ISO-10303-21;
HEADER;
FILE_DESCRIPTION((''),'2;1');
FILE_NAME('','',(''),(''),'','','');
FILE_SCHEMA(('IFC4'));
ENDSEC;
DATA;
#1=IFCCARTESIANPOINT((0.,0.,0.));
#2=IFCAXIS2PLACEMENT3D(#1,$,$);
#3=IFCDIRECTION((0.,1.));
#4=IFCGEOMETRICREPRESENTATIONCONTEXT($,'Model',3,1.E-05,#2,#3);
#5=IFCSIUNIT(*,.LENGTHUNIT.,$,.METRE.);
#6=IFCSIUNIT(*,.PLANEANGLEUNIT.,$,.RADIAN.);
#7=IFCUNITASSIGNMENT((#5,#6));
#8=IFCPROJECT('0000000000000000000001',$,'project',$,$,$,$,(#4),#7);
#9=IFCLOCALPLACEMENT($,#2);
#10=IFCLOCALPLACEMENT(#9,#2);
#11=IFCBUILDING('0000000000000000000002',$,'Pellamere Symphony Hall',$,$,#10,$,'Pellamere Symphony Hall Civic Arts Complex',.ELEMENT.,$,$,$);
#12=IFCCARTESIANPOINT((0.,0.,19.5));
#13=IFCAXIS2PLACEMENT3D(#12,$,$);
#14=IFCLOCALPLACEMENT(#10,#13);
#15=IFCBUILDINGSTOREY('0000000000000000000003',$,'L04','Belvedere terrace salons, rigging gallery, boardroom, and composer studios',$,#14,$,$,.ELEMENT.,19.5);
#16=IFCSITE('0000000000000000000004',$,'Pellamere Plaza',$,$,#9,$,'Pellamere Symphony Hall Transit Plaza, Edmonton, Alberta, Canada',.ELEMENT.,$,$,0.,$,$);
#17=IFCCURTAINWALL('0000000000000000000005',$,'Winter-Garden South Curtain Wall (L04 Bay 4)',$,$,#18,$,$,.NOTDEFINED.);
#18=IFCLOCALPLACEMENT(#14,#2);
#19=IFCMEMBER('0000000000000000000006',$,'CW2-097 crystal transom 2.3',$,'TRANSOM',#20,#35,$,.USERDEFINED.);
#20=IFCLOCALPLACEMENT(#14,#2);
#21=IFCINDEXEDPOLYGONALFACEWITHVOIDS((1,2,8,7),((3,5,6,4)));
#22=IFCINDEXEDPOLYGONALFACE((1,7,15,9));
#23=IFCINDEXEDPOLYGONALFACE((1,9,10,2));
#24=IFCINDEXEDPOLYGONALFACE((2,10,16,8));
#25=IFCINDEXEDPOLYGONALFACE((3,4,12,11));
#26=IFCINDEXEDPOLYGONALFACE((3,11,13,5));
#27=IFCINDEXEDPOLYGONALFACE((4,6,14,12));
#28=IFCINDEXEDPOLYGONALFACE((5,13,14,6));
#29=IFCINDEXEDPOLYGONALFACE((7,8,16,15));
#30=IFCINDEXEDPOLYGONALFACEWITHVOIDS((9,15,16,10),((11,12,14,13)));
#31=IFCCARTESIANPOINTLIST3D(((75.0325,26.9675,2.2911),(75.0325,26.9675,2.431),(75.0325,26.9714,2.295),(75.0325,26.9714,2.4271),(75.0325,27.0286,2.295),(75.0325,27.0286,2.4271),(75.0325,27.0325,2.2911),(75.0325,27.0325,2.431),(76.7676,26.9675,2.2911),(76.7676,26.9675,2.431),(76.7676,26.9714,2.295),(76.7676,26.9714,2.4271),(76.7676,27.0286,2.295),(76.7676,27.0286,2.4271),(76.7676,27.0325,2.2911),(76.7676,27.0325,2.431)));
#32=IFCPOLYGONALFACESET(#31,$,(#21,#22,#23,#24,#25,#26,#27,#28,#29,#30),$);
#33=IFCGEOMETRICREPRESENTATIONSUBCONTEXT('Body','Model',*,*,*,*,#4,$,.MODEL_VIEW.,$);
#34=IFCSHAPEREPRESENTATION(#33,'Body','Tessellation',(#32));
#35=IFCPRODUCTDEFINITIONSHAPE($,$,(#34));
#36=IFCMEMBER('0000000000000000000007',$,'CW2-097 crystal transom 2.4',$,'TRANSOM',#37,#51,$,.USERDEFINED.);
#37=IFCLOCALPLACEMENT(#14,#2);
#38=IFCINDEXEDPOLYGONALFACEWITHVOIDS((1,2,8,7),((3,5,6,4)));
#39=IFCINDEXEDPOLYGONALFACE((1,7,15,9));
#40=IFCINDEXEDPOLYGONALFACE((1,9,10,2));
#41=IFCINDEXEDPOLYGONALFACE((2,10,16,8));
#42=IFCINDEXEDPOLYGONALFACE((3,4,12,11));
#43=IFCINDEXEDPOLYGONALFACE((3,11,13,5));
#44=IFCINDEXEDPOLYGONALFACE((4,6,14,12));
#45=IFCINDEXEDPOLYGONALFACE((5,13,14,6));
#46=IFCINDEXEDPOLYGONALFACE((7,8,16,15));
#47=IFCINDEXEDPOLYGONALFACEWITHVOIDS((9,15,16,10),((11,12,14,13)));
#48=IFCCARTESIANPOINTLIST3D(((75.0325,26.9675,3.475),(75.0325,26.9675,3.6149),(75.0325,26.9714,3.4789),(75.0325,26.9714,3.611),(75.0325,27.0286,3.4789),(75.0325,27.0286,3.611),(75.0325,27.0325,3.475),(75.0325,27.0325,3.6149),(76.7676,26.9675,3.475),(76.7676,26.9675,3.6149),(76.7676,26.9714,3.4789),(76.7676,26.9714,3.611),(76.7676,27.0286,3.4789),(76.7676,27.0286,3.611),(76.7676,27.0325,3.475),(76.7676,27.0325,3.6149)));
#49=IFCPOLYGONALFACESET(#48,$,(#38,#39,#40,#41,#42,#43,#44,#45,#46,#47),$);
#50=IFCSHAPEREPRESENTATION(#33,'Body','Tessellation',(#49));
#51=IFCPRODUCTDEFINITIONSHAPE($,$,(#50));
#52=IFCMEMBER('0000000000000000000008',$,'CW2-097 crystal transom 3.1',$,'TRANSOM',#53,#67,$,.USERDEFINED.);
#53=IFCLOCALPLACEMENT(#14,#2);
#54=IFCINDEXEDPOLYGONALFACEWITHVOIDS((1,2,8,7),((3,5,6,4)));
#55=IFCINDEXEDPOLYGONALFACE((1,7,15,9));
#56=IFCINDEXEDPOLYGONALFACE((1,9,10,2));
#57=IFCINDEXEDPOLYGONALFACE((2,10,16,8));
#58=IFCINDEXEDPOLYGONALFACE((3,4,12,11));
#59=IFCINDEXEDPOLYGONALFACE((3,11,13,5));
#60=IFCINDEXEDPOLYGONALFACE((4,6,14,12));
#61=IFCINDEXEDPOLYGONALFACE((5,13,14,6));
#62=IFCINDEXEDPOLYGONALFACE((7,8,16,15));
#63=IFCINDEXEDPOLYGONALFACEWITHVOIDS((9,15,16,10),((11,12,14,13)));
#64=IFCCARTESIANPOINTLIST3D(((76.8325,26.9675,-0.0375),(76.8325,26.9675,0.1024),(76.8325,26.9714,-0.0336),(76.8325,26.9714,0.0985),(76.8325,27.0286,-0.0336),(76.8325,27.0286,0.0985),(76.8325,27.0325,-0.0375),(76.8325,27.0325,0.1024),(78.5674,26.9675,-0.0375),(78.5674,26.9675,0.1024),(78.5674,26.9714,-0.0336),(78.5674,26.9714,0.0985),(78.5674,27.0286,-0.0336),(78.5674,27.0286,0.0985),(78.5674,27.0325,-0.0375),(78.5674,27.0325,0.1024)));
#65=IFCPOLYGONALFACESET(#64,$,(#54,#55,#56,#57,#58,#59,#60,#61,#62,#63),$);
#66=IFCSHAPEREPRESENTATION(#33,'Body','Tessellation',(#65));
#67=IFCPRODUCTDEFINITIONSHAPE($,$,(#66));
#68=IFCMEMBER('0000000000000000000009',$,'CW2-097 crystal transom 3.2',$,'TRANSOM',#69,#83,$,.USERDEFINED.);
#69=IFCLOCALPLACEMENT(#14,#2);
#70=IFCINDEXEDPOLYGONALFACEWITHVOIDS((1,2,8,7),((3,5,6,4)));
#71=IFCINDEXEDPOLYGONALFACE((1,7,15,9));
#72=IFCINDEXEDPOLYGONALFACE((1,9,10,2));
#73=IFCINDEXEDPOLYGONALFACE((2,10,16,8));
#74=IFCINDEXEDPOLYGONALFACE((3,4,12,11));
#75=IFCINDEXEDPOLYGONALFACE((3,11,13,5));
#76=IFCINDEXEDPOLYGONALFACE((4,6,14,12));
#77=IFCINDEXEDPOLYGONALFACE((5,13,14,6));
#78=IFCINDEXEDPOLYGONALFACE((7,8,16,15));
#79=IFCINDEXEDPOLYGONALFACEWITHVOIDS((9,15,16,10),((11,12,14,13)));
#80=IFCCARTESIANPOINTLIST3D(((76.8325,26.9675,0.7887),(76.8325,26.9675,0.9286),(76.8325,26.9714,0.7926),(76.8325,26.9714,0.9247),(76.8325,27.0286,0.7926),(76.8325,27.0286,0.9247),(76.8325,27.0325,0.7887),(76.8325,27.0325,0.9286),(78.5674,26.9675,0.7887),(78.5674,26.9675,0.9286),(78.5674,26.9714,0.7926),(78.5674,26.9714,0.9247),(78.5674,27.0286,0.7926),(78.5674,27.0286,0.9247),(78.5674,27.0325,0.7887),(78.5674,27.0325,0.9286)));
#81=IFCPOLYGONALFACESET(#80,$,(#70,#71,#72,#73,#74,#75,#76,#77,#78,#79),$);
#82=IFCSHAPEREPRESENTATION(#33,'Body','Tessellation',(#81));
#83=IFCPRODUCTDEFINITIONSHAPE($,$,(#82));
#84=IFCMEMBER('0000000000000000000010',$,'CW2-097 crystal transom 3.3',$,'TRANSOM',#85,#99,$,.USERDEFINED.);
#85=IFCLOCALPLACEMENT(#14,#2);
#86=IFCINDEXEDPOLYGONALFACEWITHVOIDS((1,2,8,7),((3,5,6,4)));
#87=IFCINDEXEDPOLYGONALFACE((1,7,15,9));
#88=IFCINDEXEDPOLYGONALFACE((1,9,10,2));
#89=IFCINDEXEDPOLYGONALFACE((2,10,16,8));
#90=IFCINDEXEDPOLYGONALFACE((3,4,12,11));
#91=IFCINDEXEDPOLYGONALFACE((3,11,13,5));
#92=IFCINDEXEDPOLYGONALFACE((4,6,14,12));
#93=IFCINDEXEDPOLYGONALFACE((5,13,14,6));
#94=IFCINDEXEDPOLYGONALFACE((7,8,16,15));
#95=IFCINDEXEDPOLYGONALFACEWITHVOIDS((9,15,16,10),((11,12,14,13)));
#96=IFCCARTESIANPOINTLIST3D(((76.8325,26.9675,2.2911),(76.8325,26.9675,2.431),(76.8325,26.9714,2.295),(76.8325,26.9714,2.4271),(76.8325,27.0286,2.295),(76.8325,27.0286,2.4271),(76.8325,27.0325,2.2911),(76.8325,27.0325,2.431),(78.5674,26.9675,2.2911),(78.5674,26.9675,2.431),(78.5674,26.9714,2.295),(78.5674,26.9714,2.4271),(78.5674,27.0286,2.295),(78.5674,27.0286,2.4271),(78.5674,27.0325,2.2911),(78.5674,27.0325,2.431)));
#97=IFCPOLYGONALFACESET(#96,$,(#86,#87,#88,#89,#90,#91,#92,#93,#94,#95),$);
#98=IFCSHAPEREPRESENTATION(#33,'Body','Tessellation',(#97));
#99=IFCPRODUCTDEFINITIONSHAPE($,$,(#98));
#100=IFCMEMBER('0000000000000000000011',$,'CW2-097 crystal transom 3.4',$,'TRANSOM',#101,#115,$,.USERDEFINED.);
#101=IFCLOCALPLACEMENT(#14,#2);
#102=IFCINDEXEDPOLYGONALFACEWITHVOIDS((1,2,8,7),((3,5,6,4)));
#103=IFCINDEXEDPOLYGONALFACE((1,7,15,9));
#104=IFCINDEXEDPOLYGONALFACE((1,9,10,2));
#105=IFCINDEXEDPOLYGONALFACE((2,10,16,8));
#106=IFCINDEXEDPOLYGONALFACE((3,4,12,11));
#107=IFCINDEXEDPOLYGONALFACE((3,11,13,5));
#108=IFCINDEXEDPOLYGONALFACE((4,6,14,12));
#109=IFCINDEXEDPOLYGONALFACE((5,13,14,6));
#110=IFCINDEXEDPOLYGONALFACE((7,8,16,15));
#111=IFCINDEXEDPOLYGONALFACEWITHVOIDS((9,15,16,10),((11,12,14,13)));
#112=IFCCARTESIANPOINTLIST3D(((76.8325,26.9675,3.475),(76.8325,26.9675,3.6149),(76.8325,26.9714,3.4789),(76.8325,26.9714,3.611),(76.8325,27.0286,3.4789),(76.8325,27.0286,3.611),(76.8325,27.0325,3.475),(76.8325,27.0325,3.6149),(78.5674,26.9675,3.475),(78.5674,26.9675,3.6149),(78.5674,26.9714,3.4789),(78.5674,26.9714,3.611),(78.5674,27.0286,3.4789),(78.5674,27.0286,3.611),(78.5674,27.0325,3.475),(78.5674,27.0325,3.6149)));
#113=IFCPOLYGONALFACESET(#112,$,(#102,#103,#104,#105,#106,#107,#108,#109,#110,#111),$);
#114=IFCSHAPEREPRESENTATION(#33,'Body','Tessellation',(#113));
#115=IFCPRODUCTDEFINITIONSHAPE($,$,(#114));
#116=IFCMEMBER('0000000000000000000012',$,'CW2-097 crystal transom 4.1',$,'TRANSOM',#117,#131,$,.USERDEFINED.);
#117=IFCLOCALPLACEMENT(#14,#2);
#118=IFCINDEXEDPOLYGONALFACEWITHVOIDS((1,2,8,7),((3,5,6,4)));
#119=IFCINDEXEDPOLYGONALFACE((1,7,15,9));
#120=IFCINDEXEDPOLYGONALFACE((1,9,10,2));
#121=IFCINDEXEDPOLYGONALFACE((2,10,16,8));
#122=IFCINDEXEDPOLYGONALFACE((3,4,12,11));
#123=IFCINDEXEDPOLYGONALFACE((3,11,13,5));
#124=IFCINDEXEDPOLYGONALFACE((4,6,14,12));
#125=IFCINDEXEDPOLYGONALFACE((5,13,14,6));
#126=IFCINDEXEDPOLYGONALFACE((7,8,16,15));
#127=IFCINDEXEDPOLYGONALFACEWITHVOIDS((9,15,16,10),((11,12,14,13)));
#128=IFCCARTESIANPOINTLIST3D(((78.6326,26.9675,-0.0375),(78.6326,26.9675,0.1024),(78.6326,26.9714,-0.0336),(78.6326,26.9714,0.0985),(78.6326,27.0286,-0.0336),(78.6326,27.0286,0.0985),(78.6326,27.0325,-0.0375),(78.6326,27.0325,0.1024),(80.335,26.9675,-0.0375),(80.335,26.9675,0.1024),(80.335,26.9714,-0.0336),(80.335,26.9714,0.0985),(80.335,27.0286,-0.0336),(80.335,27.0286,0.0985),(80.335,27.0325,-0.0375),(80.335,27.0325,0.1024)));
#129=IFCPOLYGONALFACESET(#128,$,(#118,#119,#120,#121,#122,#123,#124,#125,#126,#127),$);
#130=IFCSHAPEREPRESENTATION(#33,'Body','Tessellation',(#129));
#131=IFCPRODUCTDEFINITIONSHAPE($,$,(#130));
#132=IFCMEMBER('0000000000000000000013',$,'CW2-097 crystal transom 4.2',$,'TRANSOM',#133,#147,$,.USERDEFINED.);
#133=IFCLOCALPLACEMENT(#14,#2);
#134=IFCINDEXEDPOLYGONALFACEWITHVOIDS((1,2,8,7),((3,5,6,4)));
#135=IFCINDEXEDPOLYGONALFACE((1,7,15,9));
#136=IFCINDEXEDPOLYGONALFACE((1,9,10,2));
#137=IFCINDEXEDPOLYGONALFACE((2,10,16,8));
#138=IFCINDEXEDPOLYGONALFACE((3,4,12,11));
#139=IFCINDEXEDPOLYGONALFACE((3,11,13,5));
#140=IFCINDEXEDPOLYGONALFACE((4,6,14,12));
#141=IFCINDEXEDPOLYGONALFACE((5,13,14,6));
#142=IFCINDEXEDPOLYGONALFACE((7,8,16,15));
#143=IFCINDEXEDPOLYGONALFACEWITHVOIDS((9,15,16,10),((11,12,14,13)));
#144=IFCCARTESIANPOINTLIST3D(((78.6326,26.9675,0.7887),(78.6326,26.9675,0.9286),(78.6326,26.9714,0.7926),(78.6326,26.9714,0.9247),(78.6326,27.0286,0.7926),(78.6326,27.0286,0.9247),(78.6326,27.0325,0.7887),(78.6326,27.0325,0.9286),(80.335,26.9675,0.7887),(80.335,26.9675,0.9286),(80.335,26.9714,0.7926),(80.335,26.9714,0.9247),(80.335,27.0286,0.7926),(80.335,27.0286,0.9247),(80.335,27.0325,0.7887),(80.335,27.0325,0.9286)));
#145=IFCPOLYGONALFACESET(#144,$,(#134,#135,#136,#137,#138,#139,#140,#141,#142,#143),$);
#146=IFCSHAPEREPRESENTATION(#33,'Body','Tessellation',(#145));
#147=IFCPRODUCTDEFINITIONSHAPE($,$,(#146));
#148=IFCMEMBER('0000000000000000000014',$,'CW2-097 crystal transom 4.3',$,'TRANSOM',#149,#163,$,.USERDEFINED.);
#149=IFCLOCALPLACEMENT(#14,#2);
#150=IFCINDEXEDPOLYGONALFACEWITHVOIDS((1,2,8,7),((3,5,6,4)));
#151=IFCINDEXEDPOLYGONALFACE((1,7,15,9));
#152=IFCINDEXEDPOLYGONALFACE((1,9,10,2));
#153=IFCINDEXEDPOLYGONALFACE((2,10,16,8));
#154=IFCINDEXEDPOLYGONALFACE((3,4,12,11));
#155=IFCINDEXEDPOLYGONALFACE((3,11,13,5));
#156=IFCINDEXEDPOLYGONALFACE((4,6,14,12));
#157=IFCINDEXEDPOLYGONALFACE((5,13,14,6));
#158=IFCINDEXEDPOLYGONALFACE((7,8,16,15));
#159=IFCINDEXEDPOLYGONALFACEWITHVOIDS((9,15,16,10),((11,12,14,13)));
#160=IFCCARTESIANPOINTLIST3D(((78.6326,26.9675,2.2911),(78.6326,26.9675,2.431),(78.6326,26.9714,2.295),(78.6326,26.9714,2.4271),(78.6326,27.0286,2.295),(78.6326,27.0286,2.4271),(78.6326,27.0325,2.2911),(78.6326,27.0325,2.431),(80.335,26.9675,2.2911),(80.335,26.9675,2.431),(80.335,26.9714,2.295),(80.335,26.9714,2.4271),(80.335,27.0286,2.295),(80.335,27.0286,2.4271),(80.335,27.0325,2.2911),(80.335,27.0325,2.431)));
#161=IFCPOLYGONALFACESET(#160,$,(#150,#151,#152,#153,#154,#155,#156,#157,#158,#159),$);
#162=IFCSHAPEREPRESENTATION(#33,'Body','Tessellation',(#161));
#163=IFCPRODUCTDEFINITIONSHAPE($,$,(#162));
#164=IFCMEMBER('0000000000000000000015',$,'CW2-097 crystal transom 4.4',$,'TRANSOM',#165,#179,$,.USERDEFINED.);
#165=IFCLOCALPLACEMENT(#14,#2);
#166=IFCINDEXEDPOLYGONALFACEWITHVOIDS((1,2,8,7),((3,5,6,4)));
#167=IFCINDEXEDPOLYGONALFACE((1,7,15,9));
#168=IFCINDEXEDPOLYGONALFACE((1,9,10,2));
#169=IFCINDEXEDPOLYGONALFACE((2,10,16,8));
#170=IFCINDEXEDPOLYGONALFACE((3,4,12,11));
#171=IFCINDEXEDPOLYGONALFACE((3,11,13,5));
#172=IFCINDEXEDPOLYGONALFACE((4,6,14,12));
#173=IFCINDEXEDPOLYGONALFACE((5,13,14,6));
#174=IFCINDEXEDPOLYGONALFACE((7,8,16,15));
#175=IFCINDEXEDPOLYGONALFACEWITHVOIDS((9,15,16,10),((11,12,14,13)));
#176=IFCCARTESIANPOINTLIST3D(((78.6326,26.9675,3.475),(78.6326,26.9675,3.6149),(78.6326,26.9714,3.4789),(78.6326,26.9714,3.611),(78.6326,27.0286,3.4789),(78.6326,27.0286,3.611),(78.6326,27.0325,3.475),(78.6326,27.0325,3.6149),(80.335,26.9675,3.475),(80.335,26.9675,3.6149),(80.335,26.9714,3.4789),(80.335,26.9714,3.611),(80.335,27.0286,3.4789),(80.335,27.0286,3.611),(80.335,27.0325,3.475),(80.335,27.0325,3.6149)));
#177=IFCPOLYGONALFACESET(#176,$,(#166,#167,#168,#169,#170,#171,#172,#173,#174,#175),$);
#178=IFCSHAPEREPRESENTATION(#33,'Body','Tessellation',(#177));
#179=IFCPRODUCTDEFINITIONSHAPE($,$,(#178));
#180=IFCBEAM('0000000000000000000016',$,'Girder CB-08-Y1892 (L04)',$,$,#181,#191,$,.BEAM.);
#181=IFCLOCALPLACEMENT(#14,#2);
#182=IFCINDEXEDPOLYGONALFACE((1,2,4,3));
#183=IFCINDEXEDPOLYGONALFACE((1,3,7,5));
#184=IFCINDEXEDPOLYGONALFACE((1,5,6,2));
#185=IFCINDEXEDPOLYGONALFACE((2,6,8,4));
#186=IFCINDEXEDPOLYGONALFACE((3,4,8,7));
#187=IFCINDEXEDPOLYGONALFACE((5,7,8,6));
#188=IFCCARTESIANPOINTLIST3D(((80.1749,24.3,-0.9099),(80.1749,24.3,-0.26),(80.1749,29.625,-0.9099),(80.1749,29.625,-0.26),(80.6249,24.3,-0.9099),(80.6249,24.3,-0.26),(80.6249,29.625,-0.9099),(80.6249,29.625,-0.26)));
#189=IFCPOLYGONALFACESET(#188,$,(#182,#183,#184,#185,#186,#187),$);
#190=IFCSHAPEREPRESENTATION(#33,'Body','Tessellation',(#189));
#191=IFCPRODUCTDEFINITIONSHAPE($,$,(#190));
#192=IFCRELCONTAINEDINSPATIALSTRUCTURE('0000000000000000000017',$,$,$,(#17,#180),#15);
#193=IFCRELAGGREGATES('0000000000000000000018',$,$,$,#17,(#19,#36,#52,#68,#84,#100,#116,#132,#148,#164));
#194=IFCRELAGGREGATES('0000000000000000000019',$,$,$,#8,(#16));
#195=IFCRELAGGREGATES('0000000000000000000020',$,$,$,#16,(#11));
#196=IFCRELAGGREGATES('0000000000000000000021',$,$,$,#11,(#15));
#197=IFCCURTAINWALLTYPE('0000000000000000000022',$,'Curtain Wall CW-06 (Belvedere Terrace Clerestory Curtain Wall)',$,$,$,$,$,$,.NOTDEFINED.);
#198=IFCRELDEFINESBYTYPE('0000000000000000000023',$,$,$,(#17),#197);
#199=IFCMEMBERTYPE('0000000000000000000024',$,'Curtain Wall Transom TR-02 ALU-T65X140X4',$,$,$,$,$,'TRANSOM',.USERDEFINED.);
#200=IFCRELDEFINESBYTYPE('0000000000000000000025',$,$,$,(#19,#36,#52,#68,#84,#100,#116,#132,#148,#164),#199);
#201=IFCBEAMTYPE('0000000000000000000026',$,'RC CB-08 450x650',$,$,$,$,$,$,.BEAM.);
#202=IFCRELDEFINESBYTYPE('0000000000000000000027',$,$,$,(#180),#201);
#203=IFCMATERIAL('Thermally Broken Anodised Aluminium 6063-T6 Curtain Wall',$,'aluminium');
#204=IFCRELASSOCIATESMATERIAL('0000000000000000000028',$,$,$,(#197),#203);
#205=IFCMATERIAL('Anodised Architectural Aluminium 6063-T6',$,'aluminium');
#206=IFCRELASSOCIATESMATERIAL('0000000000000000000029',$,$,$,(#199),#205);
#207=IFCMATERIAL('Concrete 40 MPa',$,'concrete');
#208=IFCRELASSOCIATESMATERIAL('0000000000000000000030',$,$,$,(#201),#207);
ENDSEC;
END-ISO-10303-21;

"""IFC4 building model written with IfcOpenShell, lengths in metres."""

from ifc_helpers import new_model, si_unit, direction, frame, origin, origin_2d, place, context, subcontext, project, spatial, rectangle, hollow_rectangle, extrude, material, material_profile, profile_set, type_object, element, aggregate, save


model = new_model("IFC4")

# Units and contexts
model_context = context("Model", 3, precision=1e-05, world=origin(), true_north=direction((0.0, 1.0)))
body_context = subcontext(model_context, "Body", "Model", "MODEL_VIEW")
ifc_project = project(units=[si_unit("LENGTHUNIT", "METRE"), si_unit("PLANEANGLEUNIT", "RADIAN")], contexts=[model_context])

# Site, building, storey
site_placement = place(None, origin())
site = spatial("IfcSite", under=ifc_project, at=site_placement, Name="Pellamere Plaza", LongName="Pellamere Symphony Hall Transit Plaza, Edmonton, Alberta, Canada", CompositionType="ELEMENT", RefElevation=0.0)
building_placement = place(site_placement, origin())
building = spatial("IfcBuilding", under=site, at=building_placement, Name="Pellamere Symphony Hall", LongName="Pellamere Symphony Hall Civic Arts Complex", CompositionType="ELEMENT")
storey_placement = place(building_placement, frame((0.0, 0.0, 19.5)))
storey = spatial("IfcBuildingStorey", under=building, at=storey_placement, Name="L04", Description="Belvedere terrace salons, rigging gallery, boardroom, and composer studios", CompositionType="ELEMENT", Elevation=19.5)

# Shared definitions
ifc_material_1 = material(Name="Thermally Broken Anodised Aluminium 6063-T6 Curtain Wall", Category="aluminium")
ifc_material_2 = material(Name="Anodised Architectural Aluminium 6063-T6", Category="aluminium")

# Curtain wall
curtain_wall_type_1 = type_object("IfcCurtainWallType", Name="Curtain Wall CW-06 (Belvedere Terrace Clerestory Curtain Wall)", PredefinedType="NOTDEFINED", material=ifc_material_1)
curtain_wall_1_placement = place(storey_placement, origin())
curtain_wall_1 = element("IfcCurtainWall", 1, at=curtain_wall_1_placement, inside=storey, type_object=curtain_wall_type_1, Name="Winter-Garden South Curtain Wall (L04 Bay 4)", PredefinedType="NOTDEFINED")

# Members
ifc_material_profile_1 = material_profile(ifc_material_2, hollow_rectangle(XDim=0.0649, YDim=0.1399, WallThickness=0.0039, at=origin_2d()), Name="ALU-T65X140X4")
ifc_profile_set_1 = profile_set([ifc_material_profile_1], Name="Anodised Architectural Aluminium 6063-T6")
member_type_1 = type_object("IfcMemberType", Name="Curtain Wall Transom TR-02 ALU-T65X140X4", ElementType="TRANSOM", PredefinedType="USERDEFINED", material=ifc_profile_set_1)
member_1_placement = place(storey_placement, frame((75.0325, 27.0, 2.3611), z_axis=(1.0, 0.0, 0.0), x_axis=(0.0, 1.0, 0.0)))
member_1 = element("IfcMember", 2, at=member_1_placement, type_object=member_type_1, Name="CW2-097 crystal transom 2.3", ObjectType="TRANSOM", PredefinedType="USERDEFINED", context=body_context, shape_type="SweptSolid", body=[
    extrude(hollow_rectangle(XDim=0.0649, YDim=0.1399, WallThickness=0.0039, at=origin_2d()), origin(), (0.0, 0.0, 1.0), 1.7351),
])
member_2_placement = place(storey_placement, frame((75.0325, 27.0, 3.5449), z_axis=(1.0, 0.0, 0.0), x_axis=(0.0, 1.0, 0.0)))
member_2 = element("IfcMember", 3, at=member_2_placement, type_object=member_type_1, Name="CW2-097 crystal transom 2.4", ObjectType="TRANSOM", PredefinedType="USERDEFINED", context=body_context, shape_type="SweptSolid", body=[
    extrude(hollow_rectangle(XDim=0.0649, YDim=0.1399, WallThickness=0.0039, at=origin_2d()), origin(), (0.0, 0.0, 1.0), 1.7351),
])
member_3_placement = place(storey_placement, frame((76.8325, 27.0, 0.0325), z_axis=(1.0, 0.0, 0.0), x_axis=(0.0, 1.0, 0.0)))
member_3 = element("IfcMember", 4, at=member_3_placement, type_object=member_type_1, Name="CW2-097 crystal transom 3.1", ObjectType="TRANSOM", PredefinedType="USERDEFINED", context=body_context, shape_type="SweptSolid", body=[
    extrude(hollow_rectangle(XDim=0.0649, YDim=0.1399, WallThickness=0.0039, at=origin_2d()), origin(), (0.0, 0.0, 1.0), 1.7349),
])
member_4_placement = place(storey_placement, frame((76.8325, 27.0, 0.8586), z_axis=(1.0, 0.0, 0.0), x_axis=(0.0, 1.0, 0.0)))
member_4 = element("IfcMember", 5, at=member_4_placement, type_object=member_type_1, Name="CW2-097 crystal transom 3.2", ObjectType="TRANSOM", PredefinedType="USERDEFINED", context=body_context, shape_type="SweptSolid", body=[
    extrude(hollow_rectangle(XDim=0.0649, YDim=0.1399, WallThickness=0.0039, at=origin_2d()), origin(), (0.0, 0.0, 1.0), 1.7349),
])
member_5_placement = place(storey_placement, frame((76.8325, 27.0, 2.3611), z_axis=(1.0, 0.0, 0.0), x_axis=(0.0, 1.0, 0.0)))
member_5 = element("IfcMember", 6, at=member_5_placement, type_object=member_type_1, Name="CW2-097 crystal transom 3.3", ObjectType="TRANSOM", PredefinedType="USERDEFINED", context=body_context, shape_type="SweptSolid", body=[
    extrude(hollow_rectangle(XDim=0.0649, YDim=0.1399, WallThickness=0.0039, at=origin_2d()), origin(), (0.0, 0.0, 1.0), 1.7349),
])
member_6_placement = place(storey_placement, frame((76.8325, 27.0, 3.5449), z_axis=(1.0, 0.0, 0.0), x_axis=(0.0, 1.0, 0.0)))
member_6 = element("IfcMember", 7, at=member_6_placement, type_object=member_type_1, Name="CW2-097 crystal transom 3.4", ObjectType="TRANSOM", PredefinedType="USERDEFINED", context=body_context, shape_type="SweptSolid", body=[
    extrude(hollow_rectangle(XDim=0.0649, YDim=0.1399, WallThickness=0.0039, at=origin_2d()), origin(), (0.0, 0.0, 1.0), 1.7349),
])
member_7_placement = place(storey_placement, frame((78.6326, 27.0, 0.0325), z_axis=(1.0, 0.0, 0.0), x_axis=(0.0, 1.0, 0.0)))
member_7 = element("IfcMember", 8, at=member_7_placement, type_object=member_type_1, Name="CW2-097 crystal transom 4.1", ObjectType="TRANSOM", PredefinedType="USERDEFINED", context=body_context, shape_type="SweptSolid", body=[
    extrude(hollow_rectangle(XDim=0.0649, YDim=0.1399, WallThickness=0.0039, at=origin_2d()), origin(), (0.0, 0.0, 1.0), 1.7024),
])
member_8_placement = place(storey_placement, frame((78.6326, 27.0, 0.8586), z_axis=(1.0, 0.0, 0.0), x_axis=(0.0, 1.0, 0.0)))
member_8 = element("IfcMember", 9, at=member_8_placement, type_object=member_type_1, Name="CW2-097 crystal transom 4.2", ObjectType="TRANSOM", PredefinedType="USERDEFINED", context=body_context, shape_type="SweptSolid", body=[
    extrude(hollow_rectangle(XDim=0.0649, YDim=0.1399, WallThickness=0.0039, at=origin_2d()), origin(), (0.0, 0.0, 1.0), 1.7024),
])
member_9_placement = place(storey_placement, frame((78.6326, 27.0, 2.3611), z_axis=(1.0, 0.0, 0.0), x_axis=(0.0, 1.0, 0.0)))
member_9 = element("IfcMember", 10, at=member_9_placement, type_object=member_type_1, Name="CW2-097 crystal transom 4.3", ObjectType="TRANSOM", PredefinedType="USERDEFINED", context=body_context, shape_type="SweptSolid", body=[
    extrude(hollow_rectangle(XDim=0.0649, YDim=0.1399, WallThickness=0.0039, at=origin_2d()), origin(), (0.0, 0.0, 1.0), 1.7024),
])
member_10_placement = place(storey_placement, frame((78.6326, 27.0, 3.5449), z_axis=(1.0, 0.0, 0.0), x_axis=(0.0, 1.0, 0.0)))
member_10 = element("IfcMember", 11, at=member_10_placement, type_object=member_type_1, Name="CW2-097 crystal transom 4.4", ObjectType="TRANSOM", PredefinedType="USERDEFINED", context=body_context, shape_type="SweptSolid", body=[
    extrude(hollow_rectangle(XDim=0.0649, YDim=0.1399, WallThickness=0.0039, at=origin_2d()), origin(), (0.0, 0.0, 1.0), 1.7024),
])

# Beam
ifc_material_3 = material(Name="Concrete 40 MPa", Category="concrete")
ifc_material_profile_2 = material_profile(ifc_material_3, rectangle(XDim=0.45, YDim=0.6499, at=origin_2d()), Name="RC 450x650")
ifc_profile_set_2 = profile_set([ifc_material_profile_2], Name="Concrete 40 MPa")
beam_type_1 = type_object("IfcBeamType", Name="RC CB-08 450x650", PredefinedType="BEAM", material=ifc_profile_set_2)
beam_1_placement = place(storey_placement, frame((80.3999, 24.3, -0.585), z_axis=(0.0, 1.0, 0.0), x_axis=(-1.0, 0.0, 0.0)))
element("IfcBeam", 12, at=beam_1_placement, inside=storey, type_object=beam_type_1, Name="Girder CB-08-Y1892 (L04)", PredefinedType="BEAM", context=body_context, shape_type="SweptSolid", body=[
    extrude(rectangle(XDim=0.45, YDim=0.6499, at=origin_2d()), origin(), (0.0, 0.0, 1.0), 5.325),
])

aggregate(curtain_wall_1, [member_1, member_2, member_3, member_4, member_5, member_6, member_7, member_8, member_9, member_10])

save(model, "model.ifc")
